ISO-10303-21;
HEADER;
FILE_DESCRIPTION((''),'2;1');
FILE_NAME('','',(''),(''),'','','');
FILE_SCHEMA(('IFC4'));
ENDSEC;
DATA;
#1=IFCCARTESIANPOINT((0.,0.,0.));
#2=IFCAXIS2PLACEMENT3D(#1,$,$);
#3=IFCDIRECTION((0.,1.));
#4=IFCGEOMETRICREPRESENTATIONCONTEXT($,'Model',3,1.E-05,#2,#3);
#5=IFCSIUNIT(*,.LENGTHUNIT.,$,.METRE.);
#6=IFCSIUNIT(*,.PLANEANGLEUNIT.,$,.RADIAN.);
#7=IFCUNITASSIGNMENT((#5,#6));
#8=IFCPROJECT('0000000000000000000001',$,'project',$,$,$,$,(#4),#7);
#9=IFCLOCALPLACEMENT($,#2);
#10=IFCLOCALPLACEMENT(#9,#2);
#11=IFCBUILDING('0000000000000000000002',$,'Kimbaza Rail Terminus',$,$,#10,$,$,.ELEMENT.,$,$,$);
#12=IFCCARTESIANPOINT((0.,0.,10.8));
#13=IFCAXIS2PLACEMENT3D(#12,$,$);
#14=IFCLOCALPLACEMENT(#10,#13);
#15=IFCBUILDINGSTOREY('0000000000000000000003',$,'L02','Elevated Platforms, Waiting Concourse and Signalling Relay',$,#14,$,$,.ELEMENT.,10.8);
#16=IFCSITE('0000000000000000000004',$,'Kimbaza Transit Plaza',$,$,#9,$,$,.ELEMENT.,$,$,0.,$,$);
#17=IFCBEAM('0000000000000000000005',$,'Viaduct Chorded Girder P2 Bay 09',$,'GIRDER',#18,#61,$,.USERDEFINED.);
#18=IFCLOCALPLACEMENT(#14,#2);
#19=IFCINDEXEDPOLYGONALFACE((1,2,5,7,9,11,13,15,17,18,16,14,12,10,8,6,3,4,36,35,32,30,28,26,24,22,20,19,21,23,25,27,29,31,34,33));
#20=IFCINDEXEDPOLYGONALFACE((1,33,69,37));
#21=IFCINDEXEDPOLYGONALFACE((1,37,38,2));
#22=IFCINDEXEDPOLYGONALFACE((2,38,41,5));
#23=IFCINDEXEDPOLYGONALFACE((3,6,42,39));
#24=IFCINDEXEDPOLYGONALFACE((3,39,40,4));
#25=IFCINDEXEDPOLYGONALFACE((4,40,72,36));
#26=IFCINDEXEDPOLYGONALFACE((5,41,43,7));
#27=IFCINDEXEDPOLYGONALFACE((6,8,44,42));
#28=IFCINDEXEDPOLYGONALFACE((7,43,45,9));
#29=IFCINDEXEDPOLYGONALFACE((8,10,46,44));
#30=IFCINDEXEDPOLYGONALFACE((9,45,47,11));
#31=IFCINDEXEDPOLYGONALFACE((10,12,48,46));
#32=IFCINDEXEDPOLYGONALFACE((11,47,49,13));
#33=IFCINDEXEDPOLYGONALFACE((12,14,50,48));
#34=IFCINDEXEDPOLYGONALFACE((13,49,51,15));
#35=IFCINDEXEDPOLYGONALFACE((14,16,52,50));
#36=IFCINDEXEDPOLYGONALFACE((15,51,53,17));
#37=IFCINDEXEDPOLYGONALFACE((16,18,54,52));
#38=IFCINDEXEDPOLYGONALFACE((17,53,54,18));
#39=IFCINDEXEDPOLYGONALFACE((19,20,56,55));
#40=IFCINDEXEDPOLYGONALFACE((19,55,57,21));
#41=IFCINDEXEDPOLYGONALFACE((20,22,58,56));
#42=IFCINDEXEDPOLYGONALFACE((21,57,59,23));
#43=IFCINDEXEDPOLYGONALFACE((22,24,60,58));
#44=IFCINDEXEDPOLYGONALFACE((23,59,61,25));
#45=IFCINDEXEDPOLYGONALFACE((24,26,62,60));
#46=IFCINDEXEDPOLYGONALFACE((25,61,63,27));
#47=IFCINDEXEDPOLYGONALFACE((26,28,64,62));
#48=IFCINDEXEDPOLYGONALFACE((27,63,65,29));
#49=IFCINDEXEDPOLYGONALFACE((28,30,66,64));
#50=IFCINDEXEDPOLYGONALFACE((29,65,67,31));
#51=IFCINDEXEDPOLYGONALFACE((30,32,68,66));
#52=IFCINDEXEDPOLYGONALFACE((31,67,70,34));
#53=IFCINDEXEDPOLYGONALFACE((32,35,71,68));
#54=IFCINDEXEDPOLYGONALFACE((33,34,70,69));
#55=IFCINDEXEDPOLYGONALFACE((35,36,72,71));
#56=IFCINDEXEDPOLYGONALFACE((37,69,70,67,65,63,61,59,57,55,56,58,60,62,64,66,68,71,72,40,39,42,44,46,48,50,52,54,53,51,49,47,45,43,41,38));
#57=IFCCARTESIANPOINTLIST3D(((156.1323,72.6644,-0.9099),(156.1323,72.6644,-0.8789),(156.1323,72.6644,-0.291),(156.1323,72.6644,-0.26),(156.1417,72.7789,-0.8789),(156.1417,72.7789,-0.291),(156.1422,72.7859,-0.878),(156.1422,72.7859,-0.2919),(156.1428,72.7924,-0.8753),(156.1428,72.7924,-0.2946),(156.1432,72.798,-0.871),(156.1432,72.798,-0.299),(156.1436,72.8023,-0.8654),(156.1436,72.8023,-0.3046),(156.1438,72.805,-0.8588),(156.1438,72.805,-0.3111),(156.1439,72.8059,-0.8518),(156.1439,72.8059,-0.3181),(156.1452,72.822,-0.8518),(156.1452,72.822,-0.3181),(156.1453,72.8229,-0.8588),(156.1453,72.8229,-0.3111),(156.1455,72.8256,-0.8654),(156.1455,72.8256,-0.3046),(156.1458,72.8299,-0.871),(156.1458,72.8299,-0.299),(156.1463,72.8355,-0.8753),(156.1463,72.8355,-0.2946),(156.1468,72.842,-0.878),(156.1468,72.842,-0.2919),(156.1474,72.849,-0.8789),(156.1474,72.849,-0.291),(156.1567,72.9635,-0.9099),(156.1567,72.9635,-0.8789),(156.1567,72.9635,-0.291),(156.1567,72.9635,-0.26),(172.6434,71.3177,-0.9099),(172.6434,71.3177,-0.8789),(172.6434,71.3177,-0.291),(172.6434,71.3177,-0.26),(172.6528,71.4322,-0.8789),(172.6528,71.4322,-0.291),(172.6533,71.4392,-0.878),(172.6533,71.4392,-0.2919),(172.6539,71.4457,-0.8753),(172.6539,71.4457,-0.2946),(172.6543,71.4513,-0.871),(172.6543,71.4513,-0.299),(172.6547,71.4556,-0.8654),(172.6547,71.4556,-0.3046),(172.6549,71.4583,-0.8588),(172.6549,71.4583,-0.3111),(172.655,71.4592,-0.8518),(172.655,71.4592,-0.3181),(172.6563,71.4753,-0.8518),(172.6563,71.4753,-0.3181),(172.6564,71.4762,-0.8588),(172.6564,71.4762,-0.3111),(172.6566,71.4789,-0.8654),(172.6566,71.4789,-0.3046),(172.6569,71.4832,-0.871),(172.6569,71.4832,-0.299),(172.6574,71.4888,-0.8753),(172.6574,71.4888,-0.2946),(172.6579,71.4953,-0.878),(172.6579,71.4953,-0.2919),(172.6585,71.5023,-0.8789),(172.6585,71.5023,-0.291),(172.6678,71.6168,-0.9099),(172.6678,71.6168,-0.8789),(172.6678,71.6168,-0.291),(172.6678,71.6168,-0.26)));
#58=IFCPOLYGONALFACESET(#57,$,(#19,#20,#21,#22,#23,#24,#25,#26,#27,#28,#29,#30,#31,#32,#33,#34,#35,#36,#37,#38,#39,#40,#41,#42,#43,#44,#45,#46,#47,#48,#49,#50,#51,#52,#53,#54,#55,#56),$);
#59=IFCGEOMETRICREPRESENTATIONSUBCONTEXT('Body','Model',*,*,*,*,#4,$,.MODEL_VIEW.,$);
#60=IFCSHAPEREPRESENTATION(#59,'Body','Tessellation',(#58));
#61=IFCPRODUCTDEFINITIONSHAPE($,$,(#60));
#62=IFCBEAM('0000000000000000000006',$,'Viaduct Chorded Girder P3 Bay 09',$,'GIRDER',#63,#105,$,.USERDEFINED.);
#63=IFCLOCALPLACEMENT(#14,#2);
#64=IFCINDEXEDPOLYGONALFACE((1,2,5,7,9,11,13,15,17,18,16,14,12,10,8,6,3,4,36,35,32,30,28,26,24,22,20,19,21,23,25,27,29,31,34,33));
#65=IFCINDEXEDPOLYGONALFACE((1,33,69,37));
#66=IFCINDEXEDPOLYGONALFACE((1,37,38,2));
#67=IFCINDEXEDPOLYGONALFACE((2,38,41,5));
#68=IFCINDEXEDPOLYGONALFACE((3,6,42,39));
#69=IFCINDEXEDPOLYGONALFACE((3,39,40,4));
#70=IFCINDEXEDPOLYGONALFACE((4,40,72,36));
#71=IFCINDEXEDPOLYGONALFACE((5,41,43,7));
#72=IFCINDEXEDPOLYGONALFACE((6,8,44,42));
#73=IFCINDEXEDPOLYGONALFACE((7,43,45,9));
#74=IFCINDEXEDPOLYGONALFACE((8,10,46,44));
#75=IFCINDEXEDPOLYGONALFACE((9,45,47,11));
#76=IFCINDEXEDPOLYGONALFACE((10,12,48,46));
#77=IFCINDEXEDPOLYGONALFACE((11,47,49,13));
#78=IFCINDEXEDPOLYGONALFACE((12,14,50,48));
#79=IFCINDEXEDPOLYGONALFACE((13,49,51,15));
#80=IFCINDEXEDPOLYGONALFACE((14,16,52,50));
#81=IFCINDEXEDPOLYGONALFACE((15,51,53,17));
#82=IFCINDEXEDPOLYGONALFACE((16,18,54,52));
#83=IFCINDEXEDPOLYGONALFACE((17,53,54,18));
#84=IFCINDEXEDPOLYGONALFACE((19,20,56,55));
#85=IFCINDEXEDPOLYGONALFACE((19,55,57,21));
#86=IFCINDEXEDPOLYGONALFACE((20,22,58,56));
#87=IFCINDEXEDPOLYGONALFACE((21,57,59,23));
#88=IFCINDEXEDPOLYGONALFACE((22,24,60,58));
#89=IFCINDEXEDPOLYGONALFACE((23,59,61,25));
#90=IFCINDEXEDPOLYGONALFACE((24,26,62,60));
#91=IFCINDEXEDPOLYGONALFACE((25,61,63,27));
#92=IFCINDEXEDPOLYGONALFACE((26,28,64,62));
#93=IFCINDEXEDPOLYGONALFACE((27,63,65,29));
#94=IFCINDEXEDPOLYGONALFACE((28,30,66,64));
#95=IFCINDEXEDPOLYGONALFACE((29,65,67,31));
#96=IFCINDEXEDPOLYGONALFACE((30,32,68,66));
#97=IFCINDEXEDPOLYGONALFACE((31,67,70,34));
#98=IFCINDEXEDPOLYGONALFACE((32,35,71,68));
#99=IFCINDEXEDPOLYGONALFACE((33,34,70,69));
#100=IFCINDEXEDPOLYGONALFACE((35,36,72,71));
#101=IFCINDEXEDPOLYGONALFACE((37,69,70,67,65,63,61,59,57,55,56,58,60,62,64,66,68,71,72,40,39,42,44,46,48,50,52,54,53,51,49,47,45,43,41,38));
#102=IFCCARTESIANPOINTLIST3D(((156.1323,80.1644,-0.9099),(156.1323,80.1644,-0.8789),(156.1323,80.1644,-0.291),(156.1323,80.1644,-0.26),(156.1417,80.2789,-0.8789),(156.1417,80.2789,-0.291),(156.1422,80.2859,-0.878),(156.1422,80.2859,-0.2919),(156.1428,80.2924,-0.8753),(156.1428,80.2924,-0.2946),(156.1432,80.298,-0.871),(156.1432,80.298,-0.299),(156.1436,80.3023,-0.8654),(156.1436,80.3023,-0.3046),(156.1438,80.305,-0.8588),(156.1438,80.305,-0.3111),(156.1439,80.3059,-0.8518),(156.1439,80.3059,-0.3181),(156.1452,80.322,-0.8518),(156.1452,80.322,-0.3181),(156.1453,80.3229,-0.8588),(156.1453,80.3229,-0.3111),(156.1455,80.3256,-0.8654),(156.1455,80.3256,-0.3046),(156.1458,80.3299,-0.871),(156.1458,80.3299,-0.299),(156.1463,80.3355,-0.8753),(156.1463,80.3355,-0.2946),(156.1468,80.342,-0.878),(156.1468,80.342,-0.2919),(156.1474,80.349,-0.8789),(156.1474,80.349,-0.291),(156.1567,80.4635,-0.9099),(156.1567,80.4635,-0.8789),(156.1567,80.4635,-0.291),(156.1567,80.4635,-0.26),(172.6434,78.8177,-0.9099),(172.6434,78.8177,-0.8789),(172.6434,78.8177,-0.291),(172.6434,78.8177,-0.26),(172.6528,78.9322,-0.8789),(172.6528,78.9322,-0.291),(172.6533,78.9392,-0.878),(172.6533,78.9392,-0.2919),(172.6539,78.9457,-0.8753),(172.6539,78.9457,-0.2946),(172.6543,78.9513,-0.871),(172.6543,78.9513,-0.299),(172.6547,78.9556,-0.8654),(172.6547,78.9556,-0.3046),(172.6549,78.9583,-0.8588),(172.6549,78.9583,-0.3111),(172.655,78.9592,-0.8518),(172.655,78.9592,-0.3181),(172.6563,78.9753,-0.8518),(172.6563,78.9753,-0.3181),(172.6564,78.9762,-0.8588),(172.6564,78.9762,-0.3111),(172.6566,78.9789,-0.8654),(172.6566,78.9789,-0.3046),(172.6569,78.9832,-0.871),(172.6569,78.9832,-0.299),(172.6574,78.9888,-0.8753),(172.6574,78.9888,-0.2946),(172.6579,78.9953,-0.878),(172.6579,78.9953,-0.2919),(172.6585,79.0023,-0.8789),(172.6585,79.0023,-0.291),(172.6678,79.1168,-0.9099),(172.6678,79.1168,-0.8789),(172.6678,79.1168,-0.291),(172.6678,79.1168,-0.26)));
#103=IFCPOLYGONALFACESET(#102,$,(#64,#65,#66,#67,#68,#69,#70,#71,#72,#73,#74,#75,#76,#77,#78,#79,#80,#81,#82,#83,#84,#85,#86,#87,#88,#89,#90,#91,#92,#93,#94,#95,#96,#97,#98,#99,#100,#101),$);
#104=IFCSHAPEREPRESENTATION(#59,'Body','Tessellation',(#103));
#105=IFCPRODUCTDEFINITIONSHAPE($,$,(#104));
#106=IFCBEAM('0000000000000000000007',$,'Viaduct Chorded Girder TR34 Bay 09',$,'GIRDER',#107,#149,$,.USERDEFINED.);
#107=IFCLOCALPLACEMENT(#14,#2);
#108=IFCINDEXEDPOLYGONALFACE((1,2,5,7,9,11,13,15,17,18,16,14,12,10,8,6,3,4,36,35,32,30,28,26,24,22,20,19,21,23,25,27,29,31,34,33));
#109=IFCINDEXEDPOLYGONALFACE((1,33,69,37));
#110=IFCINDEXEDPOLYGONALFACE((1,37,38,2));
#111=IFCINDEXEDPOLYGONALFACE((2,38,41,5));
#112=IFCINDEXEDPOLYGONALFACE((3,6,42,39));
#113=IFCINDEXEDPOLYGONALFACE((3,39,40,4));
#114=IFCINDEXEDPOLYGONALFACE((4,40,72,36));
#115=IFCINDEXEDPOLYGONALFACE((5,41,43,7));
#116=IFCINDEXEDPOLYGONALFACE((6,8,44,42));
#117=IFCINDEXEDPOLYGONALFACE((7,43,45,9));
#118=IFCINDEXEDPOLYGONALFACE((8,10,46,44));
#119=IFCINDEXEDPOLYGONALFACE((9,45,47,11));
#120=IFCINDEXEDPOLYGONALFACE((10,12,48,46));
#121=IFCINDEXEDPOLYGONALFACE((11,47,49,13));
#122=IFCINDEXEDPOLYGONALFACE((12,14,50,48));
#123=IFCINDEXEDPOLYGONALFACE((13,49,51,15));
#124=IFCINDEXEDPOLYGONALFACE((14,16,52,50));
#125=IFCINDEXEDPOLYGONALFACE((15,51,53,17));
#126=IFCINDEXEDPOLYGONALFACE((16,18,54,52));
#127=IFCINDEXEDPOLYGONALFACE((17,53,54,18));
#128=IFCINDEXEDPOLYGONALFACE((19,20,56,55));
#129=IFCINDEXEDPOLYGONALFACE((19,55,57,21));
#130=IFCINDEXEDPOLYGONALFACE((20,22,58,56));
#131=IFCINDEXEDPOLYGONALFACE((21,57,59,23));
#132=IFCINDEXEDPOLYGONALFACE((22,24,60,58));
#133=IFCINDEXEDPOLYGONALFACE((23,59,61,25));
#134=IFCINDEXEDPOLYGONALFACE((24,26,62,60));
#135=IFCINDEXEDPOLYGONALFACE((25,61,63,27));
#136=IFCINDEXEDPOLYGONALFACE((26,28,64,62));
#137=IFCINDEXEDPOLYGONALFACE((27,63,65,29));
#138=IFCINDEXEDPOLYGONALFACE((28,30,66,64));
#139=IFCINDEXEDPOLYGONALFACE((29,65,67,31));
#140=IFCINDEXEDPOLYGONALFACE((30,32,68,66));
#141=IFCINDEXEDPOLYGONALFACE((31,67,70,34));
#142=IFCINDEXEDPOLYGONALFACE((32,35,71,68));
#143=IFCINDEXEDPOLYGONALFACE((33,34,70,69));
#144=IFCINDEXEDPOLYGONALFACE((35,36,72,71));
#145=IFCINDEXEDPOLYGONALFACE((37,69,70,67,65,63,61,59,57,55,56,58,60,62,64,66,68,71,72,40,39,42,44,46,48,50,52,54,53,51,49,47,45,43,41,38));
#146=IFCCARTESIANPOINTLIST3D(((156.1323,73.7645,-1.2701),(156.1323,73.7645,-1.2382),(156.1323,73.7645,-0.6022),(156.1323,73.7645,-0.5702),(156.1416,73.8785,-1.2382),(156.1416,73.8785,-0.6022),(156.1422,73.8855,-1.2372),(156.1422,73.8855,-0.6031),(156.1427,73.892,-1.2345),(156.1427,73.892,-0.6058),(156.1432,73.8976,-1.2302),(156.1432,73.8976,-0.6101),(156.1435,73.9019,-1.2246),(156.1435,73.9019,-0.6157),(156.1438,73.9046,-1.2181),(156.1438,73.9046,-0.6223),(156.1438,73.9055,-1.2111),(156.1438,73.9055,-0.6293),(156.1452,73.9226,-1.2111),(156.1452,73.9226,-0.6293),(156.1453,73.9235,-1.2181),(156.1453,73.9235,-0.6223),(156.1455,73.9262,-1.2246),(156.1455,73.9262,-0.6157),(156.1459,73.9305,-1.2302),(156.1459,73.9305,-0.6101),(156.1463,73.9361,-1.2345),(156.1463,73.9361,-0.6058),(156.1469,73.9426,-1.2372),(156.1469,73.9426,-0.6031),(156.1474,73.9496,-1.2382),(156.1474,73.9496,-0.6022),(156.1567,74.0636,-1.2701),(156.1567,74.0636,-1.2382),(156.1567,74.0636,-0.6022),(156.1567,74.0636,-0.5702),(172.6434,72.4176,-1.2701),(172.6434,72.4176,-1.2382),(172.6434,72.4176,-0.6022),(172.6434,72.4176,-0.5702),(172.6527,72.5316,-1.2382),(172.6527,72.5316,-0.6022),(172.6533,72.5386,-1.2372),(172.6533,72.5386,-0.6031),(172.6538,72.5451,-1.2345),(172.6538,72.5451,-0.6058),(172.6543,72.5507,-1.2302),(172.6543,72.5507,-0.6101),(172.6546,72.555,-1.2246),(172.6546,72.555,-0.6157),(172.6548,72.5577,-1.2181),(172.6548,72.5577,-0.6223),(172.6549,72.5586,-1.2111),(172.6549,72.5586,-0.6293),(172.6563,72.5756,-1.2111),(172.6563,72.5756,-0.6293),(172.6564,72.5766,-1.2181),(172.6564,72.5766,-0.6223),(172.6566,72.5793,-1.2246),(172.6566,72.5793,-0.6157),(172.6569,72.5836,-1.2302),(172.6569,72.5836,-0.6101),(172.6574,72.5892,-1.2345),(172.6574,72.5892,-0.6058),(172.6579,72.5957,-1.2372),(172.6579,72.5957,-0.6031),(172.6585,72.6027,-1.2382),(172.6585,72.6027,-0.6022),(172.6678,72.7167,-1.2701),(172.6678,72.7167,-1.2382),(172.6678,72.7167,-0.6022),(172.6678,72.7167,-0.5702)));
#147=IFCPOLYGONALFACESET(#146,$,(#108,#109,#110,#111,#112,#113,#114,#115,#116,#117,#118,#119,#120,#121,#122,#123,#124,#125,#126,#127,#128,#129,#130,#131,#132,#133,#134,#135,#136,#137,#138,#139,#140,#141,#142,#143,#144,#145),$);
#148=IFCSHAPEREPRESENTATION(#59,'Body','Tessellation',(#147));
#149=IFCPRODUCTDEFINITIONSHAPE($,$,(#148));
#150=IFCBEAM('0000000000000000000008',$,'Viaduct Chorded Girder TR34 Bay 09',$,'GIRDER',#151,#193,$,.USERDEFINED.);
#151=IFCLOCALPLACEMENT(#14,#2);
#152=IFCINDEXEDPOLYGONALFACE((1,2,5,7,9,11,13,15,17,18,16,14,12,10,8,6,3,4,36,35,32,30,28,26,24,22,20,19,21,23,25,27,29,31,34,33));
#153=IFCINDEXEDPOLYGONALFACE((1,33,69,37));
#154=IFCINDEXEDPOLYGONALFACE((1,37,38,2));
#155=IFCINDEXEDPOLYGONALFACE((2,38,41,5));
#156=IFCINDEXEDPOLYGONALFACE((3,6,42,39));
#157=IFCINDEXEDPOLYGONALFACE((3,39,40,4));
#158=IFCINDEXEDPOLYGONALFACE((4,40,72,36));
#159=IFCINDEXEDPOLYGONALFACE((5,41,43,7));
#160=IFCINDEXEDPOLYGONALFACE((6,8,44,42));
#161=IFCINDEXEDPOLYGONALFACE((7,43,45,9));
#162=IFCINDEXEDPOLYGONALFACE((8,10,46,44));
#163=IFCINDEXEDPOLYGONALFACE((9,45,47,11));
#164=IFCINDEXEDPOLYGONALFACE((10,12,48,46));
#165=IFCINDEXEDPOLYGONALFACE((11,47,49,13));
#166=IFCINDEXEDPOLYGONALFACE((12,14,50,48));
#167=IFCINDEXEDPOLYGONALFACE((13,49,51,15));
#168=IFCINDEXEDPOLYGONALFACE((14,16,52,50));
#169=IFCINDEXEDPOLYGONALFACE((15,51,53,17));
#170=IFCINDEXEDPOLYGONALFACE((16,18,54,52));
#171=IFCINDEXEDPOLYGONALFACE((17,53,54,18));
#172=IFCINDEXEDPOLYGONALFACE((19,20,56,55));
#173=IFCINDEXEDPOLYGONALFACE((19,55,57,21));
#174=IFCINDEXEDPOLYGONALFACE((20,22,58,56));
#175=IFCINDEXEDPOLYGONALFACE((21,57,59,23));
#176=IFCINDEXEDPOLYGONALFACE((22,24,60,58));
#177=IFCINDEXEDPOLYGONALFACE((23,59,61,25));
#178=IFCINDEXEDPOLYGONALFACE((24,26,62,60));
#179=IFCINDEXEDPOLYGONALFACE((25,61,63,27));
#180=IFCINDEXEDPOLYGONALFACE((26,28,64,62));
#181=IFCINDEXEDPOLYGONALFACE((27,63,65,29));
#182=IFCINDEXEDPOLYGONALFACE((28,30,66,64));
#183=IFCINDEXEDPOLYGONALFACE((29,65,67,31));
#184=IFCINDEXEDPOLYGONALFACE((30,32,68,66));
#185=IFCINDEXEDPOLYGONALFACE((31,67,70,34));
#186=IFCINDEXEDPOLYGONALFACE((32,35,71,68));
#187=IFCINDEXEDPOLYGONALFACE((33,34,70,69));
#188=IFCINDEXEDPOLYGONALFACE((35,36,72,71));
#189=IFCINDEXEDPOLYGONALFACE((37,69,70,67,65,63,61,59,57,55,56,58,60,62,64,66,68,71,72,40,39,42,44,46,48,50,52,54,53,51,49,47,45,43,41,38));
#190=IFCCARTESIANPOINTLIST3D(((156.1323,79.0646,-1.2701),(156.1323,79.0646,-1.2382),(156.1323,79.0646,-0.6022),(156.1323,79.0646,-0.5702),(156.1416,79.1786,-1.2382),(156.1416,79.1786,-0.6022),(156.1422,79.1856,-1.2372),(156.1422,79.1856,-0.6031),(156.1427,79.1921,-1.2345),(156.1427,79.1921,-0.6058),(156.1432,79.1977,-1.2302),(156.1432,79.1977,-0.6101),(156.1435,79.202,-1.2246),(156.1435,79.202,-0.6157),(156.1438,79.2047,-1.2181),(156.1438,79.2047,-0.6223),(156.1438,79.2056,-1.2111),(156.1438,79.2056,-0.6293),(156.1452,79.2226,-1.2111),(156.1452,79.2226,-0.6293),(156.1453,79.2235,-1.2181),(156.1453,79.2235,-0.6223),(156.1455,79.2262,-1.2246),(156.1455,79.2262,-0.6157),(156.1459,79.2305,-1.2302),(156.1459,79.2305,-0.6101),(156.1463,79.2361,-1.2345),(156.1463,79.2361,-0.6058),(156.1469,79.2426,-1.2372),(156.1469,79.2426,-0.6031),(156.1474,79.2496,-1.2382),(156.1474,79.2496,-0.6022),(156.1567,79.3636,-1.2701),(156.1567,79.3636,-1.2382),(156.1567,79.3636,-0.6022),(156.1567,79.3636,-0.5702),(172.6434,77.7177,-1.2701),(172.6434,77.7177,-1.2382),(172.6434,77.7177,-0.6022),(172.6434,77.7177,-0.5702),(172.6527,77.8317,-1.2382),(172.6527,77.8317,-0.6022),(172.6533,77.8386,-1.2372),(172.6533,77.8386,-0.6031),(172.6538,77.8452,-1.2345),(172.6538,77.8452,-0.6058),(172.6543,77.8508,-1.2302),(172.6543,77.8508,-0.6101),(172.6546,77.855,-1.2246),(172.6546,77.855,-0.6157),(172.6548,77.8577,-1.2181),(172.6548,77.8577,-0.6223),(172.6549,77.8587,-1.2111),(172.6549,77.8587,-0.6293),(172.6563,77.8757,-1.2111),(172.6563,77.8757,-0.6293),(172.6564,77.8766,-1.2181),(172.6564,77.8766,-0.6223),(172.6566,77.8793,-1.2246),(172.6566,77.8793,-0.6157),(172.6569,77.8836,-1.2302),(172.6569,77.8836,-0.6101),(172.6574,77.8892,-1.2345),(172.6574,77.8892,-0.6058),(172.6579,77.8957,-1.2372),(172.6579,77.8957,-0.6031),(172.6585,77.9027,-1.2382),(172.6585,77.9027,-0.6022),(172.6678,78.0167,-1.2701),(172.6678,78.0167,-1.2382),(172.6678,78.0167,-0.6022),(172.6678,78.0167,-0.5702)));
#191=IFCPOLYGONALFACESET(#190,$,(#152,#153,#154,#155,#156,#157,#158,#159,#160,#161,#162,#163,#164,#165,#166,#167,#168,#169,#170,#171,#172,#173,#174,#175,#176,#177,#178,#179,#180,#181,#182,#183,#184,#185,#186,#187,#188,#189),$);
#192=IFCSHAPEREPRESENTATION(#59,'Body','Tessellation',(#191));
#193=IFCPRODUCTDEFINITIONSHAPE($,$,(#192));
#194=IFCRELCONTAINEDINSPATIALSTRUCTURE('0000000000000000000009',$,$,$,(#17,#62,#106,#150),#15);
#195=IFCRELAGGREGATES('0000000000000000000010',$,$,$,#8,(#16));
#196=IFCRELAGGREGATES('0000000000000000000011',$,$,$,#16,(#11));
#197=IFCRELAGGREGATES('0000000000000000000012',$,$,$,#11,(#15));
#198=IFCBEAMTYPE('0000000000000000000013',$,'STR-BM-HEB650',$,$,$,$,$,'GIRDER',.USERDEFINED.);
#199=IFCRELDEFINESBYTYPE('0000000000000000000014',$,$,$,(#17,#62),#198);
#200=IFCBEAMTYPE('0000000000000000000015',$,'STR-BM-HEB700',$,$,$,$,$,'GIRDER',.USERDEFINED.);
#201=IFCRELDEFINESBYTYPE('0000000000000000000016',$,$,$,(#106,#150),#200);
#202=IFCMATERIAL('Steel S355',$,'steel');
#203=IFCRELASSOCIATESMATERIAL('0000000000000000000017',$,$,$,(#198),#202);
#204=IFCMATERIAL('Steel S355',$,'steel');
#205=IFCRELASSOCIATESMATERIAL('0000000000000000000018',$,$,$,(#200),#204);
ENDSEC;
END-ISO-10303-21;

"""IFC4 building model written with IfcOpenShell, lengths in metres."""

from ifc_helpers import new_model, si_unit, direction, frame, origin, origin_2d, place, context, subcontext, project, spatial, i_section, extrude, material, material_profile, profile_set, type_object, element, save


model = new_model("IFC4")

# Units and contexts
model_context = context("Model", 3, precision=1e-05, world=origin(), true_north=direction((0.0, 1.0)))
body_context = subcontext(model_context, "Body", "Model", "MODEL_VIEW")
ifc_project = project(units=[si_unit("LENGTHUNIT", "METRE"), si_unit("PLANEANGLEUNIT", "RADIAN")], contexts=[model_context])

# Site, building, storey
site_placement = place(None, origin())
site = spatial("IfcSite", under=ifc_project, at=site_placement, Name="Kimbaza Transit Plaza", CompositionType="ELEMENT", RefElevation=0.0)
building_placement = place(site_placement, origin())
building = spatial("IfcBuilding", under=site, at=building_placement, Name="Kimbaza Rail Terminus", CompositionType="ELEMENT")
storey_placement = place(building_placement, frame((0.0, 0.0, 10.8)))
storey = spatial("IfcBuildingStorey", under=building, at=storey_placement, Name="L02", Description="Elevated Platforms, Waiting Concourse and Signalling Relay", CompositionType="ELEMENT", Elevation=10.8)

# Beams
ifc_material_1 = material(Name="Steel S355", Category="steel")
ifc_material_profile_1 = material_profile(ifc_material_1, i_section(OverallWidth=0.3, OverallDepth=0.6499, WebThickness=0.0161, FlangeThickness=0.031, FilletRadius=0.0271, at=origin_2d()), Name="HEB 650")
ifc_profile_set_1 = profile_set([ifc_material_profile_1], Name="Steel S355")
beam_type_1 = type_object("IfcBeamType", Name="STR-BM-HEB650", ElementType="GIRDER", PredefinedType="USERDEFINED", material=ifc_profile_set_1)
for number, where, z_axis, x_axis, name in (
    (1, (156.1445, 72.814, -0.585), (0.99669, -0.081293, 0.0), (0.081293, 0.99669, 0.0), "Viaduct Chorded Girder P2 Bay 09"),
    (2, (156.1445, 80.314, -0.585), (0.99669, -0.081293, 0.0), (0.081293, 0.99669, 0.0), "Viaduct Chorded Girder P3 Bay 09"),
):
    element("IfcBeam", number, at=place(storey_placement, frame(where, z_axis=z_axis, x_axis=x_axis)), inside=storey, type_object=beam_type_1, Name=name, ObjectType="GIRDER", PredefinedType="USERDEFINED", context=body_context, shape_type="SweptSolid", body=[
        extrude(i_section(OverallWidth=0.3, OverallDepth=0.6499, WebThickness=0.0161, FlangeThickness=0.031, FilletRadius=0.0271, at=origin_2d()), origin(), (0.0, 0.0, 1.0), 16.5659),
    ])
ifc_material_2 = material(Name="Steel S355", Category="steel")
ifc_material_profile_2 = material_profile(ifc_material_2, i_section(OverallWidth=0.3, OverallDepth=0.7, WebThickness=0.0171, FlangeThickness=0.032, FilletRadius=0.0271, at=origin_2d()), Name="HEB 700")
ifc_profile_set_2 = profile_set([ifc_material_profile_2], Name="Steel S355")
beam_type_2 = type_object("IfcBeamType", Name="STR-BM-HEB700", ElementType="GIRDER", PredefinedType="USERDEFINED", material=ifc_profile_set_2)
for number, where, z_axis, x_axis, name in (
    (3, (156.1445, 73.9141, -0.9202), (0.996689, -0.081307, 0.0), (0.081307, 0.996689, 0.0), "Viaduct Chorded Girder TR34 Bay 09"),
    (4, (156.1445, 79.2141, -0.9202), (0.996689, -0.081307, 0.0), (0.081307, 0.996689, 0.0), "Viaduct Chorded Girder TR34 Bay 09"),
):
    element("IfcBeam", number, at=place(storey_placement, frame(where, z_axis=z_axis, x_axis=x_axis)), inside=storey, type_object=beam_type_2, Name=name, ObjectType="GIRDER", PredefinedType="USERDEFINED", context=body_context, shape_type="SweptSolid", body=[
        extrude(i_section(OverallWidth=0.3, OverallDepth=0.7, WebThickness=0.0171, FlangeThickness=0.032, FilletRadius=0.0271, at=origin_2d()), origin(), (0.0, 0.0, 1.0), 16.5659),
    ])

save(model, "model.ifc")
